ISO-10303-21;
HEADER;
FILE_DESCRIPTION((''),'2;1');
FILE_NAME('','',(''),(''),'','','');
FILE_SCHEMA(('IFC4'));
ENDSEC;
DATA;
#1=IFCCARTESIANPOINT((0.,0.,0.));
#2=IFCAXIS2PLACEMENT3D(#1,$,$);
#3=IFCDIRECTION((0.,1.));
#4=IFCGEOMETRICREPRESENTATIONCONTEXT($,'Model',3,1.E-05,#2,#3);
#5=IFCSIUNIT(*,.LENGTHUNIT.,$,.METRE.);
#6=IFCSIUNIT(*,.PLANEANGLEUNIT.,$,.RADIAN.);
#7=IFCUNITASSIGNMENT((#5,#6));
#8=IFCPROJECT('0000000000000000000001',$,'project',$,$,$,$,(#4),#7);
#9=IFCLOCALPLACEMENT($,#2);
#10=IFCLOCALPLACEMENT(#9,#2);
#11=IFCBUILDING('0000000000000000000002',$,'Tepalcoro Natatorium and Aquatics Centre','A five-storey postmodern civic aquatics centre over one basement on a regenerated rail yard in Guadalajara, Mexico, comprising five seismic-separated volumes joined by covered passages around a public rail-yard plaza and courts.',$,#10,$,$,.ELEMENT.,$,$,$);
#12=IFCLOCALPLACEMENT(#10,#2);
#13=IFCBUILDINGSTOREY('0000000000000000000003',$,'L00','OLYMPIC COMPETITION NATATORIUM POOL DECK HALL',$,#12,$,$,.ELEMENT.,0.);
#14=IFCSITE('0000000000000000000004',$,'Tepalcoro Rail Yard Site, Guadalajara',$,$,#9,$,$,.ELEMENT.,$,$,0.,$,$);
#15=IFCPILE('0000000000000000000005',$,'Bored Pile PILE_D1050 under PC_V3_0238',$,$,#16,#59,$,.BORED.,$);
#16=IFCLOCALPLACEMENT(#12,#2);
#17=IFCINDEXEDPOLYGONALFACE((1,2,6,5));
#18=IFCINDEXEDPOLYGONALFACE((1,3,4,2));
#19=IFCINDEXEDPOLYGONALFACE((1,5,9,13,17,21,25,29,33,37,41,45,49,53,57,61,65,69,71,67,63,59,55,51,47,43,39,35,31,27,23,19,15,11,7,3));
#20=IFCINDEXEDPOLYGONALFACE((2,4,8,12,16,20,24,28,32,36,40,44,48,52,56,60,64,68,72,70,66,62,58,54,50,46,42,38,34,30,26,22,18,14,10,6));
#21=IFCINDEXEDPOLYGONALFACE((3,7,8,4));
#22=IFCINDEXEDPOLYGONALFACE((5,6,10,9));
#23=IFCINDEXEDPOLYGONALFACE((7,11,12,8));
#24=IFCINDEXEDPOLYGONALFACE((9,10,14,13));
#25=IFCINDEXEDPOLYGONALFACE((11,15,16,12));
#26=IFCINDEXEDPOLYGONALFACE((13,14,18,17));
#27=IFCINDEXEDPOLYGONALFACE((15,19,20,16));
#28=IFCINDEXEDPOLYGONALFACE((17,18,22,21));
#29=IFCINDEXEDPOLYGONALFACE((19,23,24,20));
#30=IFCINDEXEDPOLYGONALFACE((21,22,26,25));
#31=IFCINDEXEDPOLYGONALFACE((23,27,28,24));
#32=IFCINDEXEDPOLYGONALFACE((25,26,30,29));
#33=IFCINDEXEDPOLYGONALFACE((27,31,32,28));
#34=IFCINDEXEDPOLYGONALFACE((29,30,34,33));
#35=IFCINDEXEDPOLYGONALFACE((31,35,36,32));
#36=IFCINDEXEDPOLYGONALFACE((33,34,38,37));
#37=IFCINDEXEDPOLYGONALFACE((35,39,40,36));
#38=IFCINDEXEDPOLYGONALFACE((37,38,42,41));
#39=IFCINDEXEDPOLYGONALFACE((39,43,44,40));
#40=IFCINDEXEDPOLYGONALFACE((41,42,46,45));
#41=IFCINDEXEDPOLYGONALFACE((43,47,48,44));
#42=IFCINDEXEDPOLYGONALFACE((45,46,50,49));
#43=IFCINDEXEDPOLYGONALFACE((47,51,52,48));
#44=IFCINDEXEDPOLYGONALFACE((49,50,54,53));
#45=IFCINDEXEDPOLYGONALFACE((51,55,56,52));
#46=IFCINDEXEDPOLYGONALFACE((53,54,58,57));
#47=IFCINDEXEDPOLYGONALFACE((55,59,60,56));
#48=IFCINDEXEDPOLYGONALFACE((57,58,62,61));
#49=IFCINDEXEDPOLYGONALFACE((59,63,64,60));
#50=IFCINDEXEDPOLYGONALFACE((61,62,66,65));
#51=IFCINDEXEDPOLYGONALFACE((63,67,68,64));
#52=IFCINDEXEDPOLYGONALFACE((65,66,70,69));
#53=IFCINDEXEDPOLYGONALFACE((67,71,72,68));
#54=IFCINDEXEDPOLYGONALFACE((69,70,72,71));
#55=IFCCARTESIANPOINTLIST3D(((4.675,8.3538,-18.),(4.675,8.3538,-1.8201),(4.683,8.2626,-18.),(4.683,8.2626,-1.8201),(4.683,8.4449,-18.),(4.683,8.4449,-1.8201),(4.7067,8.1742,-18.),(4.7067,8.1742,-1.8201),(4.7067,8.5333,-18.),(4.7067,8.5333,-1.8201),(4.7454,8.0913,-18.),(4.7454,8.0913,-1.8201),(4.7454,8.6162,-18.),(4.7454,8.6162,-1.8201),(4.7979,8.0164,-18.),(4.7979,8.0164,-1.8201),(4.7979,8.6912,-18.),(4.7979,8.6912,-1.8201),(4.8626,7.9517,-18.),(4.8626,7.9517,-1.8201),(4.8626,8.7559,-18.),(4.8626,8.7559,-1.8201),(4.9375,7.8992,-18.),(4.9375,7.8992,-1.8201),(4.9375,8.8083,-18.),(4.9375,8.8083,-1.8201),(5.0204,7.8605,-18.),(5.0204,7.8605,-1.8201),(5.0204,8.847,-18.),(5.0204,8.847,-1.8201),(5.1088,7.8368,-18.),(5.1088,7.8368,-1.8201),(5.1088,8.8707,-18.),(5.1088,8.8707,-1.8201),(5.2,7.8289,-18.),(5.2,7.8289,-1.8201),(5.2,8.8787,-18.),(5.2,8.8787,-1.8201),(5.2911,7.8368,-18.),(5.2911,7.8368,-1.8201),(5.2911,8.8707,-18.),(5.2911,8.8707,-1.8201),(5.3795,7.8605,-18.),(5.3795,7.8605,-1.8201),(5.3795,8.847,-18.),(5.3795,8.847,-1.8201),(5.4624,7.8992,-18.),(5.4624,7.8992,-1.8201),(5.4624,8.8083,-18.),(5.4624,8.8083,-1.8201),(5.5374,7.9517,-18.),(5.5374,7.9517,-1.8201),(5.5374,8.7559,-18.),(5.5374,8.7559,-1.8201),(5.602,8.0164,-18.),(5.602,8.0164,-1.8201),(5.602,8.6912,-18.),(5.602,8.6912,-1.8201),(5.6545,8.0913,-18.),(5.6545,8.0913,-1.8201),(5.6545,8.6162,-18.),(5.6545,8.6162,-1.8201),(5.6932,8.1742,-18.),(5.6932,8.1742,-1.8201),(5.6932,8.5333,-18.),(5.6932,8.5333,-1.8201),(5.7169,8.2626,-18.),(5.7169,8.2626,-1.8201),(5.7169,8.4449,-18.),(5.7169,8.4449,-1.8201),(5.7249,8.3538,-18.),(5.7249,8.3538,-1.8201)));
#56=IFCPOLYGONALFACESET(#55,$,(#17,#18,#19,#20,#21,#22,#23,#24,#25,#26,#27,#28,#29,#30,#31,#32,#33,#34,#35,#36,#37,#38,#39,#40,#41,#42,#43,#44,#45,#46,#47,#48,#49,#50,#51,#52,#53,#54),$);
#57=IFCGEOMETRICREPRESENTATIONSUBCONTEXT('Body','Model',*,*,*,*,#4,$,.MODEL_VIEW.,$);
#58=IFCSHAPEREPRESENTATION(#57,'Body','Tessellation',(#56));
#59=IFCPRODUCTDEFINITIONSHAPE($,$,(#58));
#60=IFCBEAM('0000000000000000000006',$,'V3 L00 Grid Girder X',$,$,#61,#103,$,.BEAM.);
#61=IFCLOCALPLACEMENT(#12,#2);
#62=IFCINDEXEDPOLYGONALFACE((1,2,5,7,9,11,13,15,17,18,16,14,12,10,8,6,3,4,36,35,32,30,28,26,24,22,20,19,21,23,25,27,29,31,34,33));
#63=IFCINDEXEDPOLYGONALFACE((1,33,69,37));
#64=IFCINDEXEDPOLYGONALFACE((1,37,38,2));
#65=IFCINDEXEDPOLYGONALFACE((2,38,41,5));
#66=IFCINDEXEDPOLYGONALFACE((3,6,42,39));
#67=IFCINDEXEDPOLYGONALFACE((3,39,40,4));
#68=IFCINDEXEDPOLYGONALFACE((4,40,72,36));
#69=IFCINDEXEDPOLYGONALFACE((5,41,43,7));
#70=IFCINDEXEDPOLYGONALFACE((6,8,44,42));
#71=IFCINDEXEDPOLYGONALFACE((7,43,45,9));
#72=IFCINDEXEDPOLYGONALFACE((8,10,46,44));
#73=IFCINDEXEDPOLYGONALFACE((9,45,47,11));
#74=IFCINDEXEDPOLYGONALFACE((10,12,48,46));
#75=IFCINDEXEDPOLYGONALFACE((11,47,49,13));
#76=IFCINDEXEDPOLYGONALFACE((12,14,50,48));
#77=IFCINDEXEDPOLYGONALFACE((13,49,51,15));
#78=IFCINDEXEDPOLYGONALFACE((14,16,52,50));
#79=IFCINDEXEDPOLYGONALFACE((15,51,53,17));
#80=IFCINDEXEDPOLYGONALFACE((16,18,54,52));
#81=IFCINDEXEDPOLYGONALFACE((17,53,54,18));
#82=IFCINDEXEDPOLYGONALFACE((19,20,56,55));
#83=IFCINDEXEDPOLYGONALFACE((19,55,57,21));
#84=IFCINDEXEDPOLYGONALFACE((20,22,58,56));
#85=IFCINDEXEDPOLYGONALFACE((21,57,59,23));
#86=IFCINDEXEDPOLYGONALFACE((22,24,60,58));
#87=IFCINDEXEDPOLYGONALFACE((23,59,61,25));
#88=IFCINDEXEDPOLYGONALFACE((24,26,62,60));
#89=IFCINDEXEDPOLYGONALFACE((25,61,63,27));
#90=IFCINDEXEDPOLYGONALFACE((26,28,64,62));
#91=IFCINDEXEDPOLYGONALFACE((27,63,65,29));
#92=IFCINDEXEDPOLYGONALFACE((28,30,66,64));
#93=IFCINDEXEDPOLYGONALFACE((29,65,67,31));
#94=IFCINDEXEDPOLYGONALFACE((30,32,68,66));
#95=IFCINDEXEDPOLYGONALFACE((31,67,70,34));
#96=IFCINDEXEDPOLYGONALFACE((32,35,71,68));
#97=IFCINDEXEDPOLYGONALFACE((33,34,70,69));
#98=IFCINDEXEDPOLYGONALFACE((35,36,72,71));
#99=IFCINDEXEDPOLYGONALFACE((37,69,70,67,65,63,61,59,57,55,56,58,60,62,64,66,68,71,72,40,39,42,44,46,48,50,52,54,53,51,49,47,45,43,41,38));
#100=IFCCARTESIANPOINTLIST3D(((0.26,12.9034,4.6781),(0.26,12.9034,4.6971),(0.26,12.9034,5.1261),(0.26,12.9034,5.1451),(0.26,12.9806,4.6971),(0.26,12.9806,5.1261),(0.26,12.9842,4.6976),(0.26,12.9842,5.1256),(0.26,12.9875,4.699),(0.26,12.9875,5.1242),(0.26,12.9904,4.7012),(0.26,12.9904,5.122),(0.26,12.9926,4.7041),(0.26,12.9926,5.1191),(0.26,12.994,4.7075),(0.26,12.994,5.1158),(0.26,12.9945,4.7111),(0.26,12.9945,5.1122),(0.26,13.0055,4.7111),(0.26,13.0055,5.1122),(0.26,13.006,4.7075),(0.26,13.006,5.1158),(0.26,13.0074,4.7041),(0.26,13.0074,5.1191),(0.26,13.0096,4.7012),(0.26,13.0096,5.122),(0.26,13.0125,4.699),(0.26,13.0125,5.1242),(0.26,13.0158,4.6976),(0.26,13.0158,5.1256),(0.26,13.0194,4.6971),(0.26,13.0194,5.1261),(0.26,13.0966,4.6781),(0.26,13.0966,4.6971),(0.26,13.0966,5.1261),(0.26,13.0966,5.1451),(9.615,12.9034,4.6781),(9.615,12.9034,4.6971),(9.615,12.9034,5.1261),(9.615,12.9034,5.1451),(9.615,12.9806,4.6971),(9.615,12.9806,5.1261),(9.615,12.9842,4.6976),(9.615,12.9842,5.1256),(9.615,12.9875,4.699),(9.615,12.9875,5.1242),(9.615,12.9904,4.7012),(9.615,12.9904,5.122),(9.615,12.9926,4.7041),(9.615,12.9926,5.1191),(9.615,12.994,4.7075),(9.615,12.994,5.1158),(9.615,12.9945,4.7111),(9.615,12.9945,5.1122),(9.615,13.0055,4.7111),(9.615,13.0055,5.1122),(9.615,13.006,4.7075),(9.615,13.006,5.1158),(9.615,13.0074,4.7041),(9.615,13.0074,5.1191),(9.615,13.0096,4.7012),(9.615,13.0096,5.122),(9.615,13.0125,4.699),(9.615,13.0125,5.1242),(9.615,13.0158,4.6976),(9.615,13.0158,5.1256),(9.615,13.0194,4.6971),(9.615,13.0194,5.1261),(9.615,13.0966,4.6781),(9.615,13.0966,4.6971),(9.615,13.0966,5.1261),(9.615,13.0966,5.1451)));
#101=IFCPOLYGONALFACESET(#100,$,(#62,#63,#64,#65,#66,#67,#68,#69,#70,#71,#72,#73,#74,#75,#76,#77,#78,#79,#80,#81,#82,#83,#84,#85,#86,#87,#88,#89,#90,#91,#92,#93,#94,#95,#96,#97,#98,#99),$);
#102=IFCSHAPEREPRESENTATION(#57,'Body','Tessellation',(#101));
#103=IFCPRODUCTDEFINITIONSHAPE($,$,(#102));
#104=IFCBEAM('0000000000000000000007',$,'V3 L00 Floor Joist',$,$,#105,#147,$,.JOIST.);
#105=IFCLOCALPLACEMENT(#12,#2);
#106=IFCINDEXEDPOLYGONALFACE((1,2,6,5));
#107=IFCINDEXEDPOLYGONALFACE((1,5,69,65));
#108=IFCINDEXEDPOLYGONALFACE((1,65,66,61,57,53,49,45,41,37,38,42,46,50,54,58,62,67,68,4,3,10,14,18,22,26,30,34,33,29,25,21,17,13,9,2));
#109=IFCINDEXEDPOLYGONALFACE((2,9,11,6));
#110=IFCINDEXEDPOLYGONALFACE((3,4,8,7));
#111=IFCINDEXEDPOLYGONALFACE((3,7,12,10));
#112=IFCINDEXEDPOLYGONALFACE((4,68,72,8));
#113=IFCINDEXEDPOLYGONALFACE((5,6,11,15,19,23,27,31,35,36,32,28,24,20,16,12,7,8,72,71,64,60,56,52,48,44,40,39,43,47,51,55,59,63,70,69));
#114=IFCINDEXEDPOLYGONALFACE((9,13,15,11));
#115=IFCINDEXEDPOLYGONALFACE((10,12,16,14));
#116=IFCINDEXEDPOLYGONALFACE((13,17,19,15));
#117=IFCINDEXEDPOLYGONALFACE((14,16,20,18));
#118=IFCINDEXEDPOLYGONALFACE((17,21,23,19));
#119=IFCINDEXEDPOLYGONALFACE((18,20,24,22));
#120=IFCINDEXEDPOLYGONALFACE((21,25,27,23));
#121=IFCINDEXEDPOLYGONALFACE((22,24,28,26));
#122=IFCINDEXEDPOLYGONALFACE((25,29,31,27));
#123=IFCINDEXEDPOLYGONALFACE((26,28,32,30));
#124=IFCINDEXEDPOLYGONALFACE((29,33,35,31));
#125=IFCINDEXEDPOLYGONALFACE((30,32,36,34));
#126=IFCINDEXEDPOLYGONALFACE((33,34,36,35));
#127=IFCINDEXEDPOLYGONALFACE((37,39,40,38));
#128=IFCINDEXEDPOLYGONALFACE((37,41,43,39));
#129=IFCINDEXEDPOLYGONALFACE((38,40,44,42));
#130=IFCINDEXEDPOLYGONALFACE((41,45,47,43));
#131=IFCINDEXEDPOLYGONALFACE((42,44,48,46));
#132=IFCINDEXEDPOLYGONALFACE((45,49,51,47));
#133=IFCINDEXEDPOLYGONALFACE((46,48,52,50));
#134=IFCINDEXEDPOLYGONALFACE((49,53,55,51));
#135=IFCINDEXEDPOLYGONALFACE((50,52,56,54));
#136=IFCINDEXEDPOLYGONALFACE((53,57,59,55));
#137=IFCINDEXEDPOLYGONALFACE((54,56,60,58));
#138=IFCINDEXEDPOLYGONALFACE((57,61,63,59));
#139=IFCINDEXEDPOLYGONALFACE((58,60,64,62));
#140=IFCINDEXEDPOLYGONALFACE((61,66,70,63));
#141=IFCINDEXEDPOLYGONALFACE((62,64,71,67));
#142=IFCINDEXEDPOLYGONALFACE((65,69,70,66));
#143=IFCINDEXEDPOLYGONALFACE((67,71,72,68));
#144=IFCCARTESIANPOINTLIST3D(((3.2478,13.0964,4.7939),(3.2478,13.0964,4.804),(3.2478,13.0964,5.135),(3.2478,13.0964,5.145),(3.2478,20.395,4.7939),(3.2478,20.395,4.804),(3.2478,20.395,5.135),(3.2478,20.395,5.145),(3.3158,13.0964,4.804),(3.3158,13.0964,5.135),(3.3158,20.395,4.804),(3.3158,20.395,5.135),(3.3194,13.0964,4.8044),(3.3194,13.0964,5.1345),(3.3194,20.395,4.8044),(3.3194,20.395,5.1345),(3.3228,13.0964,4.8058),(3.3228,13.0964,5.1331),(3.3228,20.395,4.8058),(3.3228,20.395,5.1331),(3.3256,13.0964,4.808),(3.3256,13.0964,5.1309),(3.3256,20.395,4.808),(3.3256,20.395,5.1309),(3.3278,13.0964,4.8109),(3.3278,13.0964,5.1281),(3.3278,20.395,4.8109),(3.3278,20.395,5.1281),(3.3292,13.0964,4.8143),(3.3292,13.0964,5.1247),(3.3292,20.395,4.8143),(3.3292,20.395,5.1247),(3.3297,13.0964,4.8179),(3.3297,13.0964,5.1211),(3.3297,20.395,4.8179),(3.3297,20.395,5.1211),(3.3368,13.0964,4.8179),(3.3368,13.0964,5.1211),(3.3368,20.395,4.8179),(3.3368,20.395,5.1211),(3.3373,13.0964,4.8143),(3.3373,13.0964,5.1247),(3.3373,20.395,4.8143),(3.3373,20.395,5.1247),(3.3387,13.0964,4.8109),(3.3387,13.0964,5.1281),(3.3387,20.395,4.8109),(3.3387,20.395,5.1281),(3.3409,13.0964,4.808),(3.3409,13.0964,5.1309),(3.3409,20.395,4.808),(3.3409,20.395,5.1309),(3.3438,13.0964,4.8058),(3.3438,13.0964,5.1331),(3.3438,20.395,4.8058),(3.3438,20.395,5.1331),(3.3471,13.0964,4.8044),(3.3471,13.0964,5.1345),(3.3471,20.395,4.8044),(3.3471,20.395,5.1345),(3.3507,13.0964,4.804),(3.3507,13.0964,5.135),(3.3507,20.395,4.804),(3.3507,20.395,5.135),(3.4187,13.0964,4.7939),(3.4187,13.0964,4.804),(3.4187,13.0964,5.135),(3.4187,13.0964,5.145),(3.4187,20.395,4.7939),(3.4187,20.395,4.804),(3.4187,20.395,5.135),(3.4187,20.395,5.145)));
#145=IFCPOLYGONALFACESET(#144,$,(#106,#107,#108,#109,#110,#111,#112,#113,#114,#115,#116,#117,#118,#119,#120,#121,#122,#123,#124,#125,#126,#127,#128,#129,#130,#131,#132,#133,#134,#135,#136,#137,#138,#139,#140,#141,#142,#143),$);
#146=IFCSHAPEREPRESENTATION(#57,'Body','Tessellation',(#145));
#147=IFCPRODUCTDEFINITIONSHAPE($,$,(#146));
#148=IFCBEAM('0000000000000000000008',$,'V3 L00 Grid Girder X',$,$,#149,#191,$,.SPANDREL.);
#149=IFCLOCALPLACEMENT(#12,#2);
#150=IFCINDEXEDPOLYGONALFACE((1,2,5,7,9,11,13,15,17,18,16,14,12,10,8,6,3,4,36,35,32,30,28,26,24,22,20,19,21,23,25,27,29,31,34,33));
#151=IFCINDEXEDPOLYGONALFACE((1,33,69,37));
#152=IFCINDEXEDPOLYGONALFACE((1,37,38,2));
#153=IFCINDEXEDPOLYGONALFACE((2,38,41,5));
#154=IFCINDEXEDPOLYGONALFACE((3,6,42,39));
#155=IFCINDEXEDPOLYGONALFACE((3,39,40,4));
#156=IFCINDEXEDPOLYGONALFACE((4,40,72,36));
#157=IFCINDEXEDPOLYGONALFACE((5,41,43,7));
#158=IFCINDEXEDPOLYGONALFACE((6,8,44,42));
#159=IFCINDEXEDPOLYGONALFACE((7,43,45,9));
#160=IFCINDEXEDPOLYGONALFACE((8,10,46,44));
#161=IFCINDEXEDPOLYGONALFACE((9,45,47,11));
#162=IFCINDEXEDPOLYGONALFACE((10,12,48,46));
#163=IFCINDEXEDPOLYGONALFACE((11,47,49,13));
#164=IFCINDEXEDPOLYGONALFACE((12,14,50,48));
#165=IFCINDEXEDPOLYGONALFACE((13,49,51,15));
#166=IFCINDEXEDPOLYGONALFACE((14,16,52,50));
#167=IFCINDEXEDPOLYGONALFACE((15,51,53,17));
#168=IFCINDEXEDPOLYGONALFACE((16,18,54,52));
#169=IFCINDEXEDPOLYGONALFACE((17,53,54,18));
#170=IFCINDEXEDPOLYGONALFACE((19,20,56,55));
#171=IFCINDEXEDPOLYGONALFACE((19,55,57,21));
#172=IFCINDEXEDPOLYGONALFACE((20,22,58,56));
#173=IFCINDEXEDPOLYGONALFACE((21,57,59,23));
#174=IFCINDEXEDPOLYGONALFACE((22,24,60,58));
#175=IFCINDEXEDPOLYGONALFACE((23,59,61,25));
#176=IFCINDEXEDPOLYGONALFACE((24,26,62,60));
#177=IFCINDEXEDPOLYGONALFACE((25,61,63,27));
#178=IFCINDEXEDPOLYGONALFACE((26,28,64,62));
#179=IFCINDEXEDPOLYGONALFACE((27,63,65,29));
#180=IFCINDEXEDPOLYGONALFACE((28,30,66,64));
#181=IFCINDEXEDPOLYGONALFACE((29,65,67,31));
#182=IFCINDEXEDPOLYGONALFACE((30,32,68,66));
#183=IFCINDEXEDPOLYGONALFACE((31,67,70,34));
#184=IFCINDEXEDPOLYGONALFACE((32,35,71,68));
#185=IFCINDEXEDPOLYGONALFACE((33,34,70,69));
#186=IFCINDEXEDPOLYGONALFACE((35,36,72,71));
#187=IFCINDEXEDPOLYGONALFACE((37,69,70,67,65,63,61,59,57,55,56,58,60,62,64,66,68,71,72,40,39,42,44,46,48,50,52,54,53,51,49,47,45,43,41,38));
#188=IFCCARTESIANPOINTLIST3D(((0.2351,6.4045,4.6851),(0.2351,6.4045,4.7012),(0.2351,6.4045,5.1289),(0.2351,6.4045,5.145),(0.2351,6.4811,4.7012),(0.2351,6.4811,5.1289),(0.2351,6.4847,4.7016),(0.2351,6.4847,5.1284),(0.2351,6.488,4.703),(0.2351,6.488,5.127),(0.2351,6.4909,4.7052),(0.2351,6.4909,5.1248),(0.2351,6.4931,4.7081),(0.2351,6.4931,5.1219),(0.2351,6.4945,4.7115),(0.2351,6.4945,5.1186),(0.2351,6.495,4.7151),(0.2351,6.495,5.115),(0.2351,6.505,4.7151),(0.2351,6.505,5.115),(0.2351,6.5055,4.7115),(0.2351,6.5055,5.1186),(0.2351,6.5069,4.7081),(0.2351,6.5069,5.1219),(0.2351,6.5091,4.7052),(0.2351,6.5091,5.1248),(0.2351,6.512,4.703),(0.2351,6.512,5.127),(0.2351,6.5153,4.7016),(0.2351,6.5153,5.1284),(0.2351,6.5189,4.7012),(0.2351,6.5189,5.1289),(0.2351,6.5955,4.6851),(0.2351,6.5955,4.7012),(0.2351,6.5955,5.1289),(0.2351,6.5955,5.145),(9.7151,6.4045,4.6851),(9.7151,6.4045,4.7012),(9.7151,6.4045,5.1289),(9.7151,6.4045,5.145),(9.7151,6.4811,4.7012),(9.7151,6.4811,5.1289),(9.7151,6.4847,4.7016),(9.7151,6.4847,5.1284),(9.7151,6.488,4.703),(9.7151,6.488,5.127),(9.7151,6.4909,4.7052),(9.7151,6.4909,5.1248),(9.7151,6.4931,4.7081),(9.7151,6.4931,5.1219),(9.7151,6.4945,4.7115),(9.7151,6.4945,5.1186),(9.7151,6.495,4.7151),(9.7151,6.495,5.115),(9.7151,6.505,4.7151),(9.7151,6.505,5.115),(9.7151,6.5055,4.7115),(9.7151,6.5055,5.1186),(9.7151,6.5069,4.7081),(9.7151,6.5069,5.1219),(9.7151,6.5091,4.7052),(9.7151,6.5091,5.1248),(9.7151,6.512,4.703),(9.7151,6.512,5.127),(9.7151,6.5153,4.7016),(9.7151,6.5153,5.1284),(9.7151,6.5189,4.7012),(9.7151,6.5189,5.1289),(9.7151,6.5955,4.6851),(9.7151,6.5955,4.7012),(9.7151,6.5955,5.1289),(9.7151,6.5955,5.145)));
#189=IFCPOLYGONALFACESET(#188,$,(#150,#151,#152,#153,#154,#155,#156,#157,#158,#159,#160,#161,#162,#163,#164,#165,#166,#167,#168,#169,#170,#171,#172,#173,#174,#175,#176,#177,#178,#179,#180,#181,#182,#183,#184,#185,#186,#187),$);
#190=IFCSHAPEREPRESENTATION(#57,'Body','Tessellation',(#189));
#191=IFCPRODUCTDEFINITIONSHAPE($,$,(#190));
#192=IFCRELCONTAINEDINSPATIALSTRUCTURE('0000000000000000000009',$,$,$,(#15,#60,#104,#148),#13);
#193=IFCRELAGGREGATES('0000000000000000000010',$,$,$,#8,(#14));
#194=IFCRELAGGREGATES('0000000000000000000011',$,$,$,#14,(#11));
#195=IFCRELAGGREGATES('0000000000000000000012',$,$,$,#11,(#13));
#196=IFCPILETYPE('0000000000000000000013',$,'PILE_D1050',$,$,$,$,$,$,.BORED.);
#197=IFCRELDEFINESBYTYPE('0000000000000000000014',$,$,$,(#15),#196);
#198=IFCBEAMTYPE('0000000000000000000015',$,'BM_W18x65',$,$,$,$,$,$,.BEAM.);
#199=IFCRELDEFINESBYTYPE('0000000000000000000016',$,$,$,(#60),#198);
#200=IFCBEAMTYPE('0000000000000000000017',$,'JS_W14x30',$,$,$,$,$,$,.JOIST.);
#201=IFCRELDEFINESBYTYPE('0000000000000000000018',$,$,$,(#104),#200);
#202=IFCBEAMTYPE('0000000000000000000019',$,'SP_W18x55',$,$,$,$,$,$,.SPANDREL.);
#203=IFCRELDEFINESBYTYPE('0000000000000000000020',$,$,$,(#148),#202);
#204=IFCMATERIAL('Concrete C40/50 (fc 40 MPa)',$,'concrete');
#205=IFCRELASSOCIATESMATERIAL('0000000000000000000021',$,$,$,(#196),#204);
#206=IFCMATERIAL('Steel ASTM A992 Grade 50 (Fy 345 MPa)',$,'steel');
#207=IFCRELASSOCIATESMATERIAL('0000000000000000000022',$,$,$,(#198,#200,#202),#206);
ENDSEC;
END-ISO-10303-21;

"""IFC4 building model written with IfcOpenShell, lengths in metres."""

from ifc_helpers import new_model, si_unit, direction, frame, origin, origin_2d, place, context, subcontext, project, spatial, circle, i_section, extrude, material, material_profile, profile_set, type_object, element, save


model = new_model("IFC4")

# Units and contexts
model_context = context("Model", 3, precision=1e-05, world=origin(), true_north=direction((0.0, 1.0)))
body_context = subcontext(model_context, "Body", "Model", "MODEL_VIEW")
ifc_project = project(units=[si_unit("LENGTHUNIT", "METRE"), si_unit("PLANEANGLEUNIT", "RADIAN")], contexts=[model_context])

# Site, building, storey
site_placement = place(None, origin())
site = spatial("IfcSite", under=ifc_project, at=site_placement, Name="Tepalcoro Rail Yard Site, Guadalajara", CompositionType="ELEMENT", RefElevation=0.0)
building_placement = place(site_placement, origin())
building = spatial("IfcBuilding", under=site, at=building_placement, Name="Tepalcoro Natatorium and Aquatics Centre", Description="A five-storey postmodern civic aquatics centre over one basement on a regenerated rail yard in Guadalajara, Mexico, comprising five seismic-separated volumes joined by covered passages around a public rail-yard plaza and courts.", CompositionType="ELEMENT")
storey_placement = place(building_placement, origin())
storey = spatial("IfcBuildingStorey", under=building, at=storey_placement, Name="L00", Description="OLYMPIC COMPETITION NATATORIUM POOL DECK HALL", CompositionType="ELEMENT", Elevation=0.0)

# Pile
ifc_material_1 = material(Name="Concrete C40/50 (fc 40 MPa)", Category="concrete")
ifc_material_profile_1 = material_profile(ifc_material_1, circle(Radius=0.5249, at=origin_2d()), Name="PILE_D1050")
ifc_profile_set_1 = profile_set([ifc_material_profile_1], Name="Concrete C40/50 (fc 40 MPa)")
pile_type = type_object("IfcPileType", Name="PILE_D1050", PredefinedType="BORED", material=ifc_profile_set_1)
pile_placement = place(storey_placement, frame((5.2, 8.3538, -1.8201), z_axis=(0.0, 0.0, -1.0), x_axis=(1.0, 0.0, 0.0)))
element("IfcPile", 1, at=pile_placement, inside=storey, type_object=pile_type, Name="Bored Pile PILE_D1050 under PC_V3_0238", PredefinedType="BORED", context=body_context, shape_type="SweptSolid", body=[
    extrude(circle(Radius=0.5249, at=origin_2d()), origin(), (0.0, 0.0, 1.0), 16.1799),
])

# Beams
ifc_material_2 = material(Name="Steel ASTM A992 Grade 50 (Fy 345 MPa)", Category="steel")
ifc_material_profile_2 = material_profile(ifc_material_2, i_section(OverallWidth=0.1931, OverallDepth=0.467, WebThickness=0.011, FlangeThickness=0.019, FilletRadius=0.0139, at=origin_2d()), Name="W18X65")
ifc_profile_set_2 = profile_set([ifc_material_profile_2], Name="Steel ASTM A992 Grade 50 (Fy 345 MPa)")
beam_type_1 = type_object("IfcBeamType", Name="BM_W18x65", PredefinedType="BEAM", material=ifc_profile_set_2)
beam_1_placement = place(storey_placement, frame((0.26, 13.0, 4.9116), z_axis=(1.0, 0.0, 0.0), x_axis=(0.0, 1.0, 0.0)))
element("IfcBeam", 2, at=beam_1_placement, inside=storey, type_object=beam_type_1, Name="V3 L00 Grid Girder X", PredefinedType="BEAM", context=body_context, shape_type="SweptSolid", body=[
    extrude(i_section(OverallWidth=0.1931, OverallDepth=0.467, WebThickness=0.011, FlangeThickness=0.019, FilletRadius=0.0139, at=origin_2d()), origin(), (0.0, 0.0, 1.0), 9.355),
])
ifc_material_profile_3 = material_profile(ifc_material_2, i_section(OverallWidth=0.1709, OverallDepth=0.3511, WebThickness=0.0071, FlangeThickness=0.01, FilletRadius=0.0139, at=origin_2d()), Name="W14X30")
ifc_profile_set_3 = profile_set([ifc_material_profile_3], Name="Steel ASTM A992 Grade 50 (Fy 345 MPa)")
beam_type_2 = type_object("IfcBeamType", Name="JS_W14x30", PredefinedType="JOIST", material=ifc_profile_set_3)
beam_2_placement = place(storey_placement, frame((3.3333, 13.0964, 4.9695), z_axis=(0.0, 1.0, 0.0), x_axis=(-1.0, 0.0, 0.0)))
element("IfcBeam", 3, at=beam_2_placement, inside=storey, type_object=beam_type_2, Name="V3 L00 Floor Joist", PredefinedType="JOIST", context=body_context, shape_type="SweptSolid", body=[
    extrude(i_section(OverallWidth=0.1709, OverallDepth=0.3511, WebThickness=0.0071, FlangeThickness=0.01, FilletRadius=0.0139, at=origin_2d()), origin(), (0.0, 0.0, 1.0), 7.2986),
])
ifc_material_profile_4 = material_profile(ifc_material_2, i_section(OverallWidth=0.1909, OverallDepth=0.46, WebThickness=0.01, FlangeThickness=0.0161, FilletRadius=0.0139, at=origin_2d()), Name="W18X55")
ifc_profile_set_4 = profile_set([ifc_material_profile_4], Name="Steel ASTM A992 Grade 50 (Fy 345 MPa)")
beam_type_3 = type_object("IfcBeamType", Name="SP_W18x55", PredefinedType="SPANDREL", material=ifc_profile_set_4)
beam_3_placement = place(storey_placement, frame((0.2351, 6.5, 4.915), z_axis=(1.0, 0.0, 0.0), x_axis=(0.0, 1.0, 0.0)))
element("IfcBeam", 4, at=beam_3_placement, inside=storey, type_object=beam_type_3, Name="V3 L00 Grid Girder X", PredefinedType="SPANDREL", context=body_context, shape_type="SweptSolid", body=[
    extrude(i_section(OverallWidth=0.1909, OverallDepth=0.46, WebThickness=0.01, FlangeThickness=0.0161, FilletRadius=0.0139, at=origin_2d()), origin(), (0.0, 0.0, 1.0), 9.48),
])

save(model, "model.ifc")
